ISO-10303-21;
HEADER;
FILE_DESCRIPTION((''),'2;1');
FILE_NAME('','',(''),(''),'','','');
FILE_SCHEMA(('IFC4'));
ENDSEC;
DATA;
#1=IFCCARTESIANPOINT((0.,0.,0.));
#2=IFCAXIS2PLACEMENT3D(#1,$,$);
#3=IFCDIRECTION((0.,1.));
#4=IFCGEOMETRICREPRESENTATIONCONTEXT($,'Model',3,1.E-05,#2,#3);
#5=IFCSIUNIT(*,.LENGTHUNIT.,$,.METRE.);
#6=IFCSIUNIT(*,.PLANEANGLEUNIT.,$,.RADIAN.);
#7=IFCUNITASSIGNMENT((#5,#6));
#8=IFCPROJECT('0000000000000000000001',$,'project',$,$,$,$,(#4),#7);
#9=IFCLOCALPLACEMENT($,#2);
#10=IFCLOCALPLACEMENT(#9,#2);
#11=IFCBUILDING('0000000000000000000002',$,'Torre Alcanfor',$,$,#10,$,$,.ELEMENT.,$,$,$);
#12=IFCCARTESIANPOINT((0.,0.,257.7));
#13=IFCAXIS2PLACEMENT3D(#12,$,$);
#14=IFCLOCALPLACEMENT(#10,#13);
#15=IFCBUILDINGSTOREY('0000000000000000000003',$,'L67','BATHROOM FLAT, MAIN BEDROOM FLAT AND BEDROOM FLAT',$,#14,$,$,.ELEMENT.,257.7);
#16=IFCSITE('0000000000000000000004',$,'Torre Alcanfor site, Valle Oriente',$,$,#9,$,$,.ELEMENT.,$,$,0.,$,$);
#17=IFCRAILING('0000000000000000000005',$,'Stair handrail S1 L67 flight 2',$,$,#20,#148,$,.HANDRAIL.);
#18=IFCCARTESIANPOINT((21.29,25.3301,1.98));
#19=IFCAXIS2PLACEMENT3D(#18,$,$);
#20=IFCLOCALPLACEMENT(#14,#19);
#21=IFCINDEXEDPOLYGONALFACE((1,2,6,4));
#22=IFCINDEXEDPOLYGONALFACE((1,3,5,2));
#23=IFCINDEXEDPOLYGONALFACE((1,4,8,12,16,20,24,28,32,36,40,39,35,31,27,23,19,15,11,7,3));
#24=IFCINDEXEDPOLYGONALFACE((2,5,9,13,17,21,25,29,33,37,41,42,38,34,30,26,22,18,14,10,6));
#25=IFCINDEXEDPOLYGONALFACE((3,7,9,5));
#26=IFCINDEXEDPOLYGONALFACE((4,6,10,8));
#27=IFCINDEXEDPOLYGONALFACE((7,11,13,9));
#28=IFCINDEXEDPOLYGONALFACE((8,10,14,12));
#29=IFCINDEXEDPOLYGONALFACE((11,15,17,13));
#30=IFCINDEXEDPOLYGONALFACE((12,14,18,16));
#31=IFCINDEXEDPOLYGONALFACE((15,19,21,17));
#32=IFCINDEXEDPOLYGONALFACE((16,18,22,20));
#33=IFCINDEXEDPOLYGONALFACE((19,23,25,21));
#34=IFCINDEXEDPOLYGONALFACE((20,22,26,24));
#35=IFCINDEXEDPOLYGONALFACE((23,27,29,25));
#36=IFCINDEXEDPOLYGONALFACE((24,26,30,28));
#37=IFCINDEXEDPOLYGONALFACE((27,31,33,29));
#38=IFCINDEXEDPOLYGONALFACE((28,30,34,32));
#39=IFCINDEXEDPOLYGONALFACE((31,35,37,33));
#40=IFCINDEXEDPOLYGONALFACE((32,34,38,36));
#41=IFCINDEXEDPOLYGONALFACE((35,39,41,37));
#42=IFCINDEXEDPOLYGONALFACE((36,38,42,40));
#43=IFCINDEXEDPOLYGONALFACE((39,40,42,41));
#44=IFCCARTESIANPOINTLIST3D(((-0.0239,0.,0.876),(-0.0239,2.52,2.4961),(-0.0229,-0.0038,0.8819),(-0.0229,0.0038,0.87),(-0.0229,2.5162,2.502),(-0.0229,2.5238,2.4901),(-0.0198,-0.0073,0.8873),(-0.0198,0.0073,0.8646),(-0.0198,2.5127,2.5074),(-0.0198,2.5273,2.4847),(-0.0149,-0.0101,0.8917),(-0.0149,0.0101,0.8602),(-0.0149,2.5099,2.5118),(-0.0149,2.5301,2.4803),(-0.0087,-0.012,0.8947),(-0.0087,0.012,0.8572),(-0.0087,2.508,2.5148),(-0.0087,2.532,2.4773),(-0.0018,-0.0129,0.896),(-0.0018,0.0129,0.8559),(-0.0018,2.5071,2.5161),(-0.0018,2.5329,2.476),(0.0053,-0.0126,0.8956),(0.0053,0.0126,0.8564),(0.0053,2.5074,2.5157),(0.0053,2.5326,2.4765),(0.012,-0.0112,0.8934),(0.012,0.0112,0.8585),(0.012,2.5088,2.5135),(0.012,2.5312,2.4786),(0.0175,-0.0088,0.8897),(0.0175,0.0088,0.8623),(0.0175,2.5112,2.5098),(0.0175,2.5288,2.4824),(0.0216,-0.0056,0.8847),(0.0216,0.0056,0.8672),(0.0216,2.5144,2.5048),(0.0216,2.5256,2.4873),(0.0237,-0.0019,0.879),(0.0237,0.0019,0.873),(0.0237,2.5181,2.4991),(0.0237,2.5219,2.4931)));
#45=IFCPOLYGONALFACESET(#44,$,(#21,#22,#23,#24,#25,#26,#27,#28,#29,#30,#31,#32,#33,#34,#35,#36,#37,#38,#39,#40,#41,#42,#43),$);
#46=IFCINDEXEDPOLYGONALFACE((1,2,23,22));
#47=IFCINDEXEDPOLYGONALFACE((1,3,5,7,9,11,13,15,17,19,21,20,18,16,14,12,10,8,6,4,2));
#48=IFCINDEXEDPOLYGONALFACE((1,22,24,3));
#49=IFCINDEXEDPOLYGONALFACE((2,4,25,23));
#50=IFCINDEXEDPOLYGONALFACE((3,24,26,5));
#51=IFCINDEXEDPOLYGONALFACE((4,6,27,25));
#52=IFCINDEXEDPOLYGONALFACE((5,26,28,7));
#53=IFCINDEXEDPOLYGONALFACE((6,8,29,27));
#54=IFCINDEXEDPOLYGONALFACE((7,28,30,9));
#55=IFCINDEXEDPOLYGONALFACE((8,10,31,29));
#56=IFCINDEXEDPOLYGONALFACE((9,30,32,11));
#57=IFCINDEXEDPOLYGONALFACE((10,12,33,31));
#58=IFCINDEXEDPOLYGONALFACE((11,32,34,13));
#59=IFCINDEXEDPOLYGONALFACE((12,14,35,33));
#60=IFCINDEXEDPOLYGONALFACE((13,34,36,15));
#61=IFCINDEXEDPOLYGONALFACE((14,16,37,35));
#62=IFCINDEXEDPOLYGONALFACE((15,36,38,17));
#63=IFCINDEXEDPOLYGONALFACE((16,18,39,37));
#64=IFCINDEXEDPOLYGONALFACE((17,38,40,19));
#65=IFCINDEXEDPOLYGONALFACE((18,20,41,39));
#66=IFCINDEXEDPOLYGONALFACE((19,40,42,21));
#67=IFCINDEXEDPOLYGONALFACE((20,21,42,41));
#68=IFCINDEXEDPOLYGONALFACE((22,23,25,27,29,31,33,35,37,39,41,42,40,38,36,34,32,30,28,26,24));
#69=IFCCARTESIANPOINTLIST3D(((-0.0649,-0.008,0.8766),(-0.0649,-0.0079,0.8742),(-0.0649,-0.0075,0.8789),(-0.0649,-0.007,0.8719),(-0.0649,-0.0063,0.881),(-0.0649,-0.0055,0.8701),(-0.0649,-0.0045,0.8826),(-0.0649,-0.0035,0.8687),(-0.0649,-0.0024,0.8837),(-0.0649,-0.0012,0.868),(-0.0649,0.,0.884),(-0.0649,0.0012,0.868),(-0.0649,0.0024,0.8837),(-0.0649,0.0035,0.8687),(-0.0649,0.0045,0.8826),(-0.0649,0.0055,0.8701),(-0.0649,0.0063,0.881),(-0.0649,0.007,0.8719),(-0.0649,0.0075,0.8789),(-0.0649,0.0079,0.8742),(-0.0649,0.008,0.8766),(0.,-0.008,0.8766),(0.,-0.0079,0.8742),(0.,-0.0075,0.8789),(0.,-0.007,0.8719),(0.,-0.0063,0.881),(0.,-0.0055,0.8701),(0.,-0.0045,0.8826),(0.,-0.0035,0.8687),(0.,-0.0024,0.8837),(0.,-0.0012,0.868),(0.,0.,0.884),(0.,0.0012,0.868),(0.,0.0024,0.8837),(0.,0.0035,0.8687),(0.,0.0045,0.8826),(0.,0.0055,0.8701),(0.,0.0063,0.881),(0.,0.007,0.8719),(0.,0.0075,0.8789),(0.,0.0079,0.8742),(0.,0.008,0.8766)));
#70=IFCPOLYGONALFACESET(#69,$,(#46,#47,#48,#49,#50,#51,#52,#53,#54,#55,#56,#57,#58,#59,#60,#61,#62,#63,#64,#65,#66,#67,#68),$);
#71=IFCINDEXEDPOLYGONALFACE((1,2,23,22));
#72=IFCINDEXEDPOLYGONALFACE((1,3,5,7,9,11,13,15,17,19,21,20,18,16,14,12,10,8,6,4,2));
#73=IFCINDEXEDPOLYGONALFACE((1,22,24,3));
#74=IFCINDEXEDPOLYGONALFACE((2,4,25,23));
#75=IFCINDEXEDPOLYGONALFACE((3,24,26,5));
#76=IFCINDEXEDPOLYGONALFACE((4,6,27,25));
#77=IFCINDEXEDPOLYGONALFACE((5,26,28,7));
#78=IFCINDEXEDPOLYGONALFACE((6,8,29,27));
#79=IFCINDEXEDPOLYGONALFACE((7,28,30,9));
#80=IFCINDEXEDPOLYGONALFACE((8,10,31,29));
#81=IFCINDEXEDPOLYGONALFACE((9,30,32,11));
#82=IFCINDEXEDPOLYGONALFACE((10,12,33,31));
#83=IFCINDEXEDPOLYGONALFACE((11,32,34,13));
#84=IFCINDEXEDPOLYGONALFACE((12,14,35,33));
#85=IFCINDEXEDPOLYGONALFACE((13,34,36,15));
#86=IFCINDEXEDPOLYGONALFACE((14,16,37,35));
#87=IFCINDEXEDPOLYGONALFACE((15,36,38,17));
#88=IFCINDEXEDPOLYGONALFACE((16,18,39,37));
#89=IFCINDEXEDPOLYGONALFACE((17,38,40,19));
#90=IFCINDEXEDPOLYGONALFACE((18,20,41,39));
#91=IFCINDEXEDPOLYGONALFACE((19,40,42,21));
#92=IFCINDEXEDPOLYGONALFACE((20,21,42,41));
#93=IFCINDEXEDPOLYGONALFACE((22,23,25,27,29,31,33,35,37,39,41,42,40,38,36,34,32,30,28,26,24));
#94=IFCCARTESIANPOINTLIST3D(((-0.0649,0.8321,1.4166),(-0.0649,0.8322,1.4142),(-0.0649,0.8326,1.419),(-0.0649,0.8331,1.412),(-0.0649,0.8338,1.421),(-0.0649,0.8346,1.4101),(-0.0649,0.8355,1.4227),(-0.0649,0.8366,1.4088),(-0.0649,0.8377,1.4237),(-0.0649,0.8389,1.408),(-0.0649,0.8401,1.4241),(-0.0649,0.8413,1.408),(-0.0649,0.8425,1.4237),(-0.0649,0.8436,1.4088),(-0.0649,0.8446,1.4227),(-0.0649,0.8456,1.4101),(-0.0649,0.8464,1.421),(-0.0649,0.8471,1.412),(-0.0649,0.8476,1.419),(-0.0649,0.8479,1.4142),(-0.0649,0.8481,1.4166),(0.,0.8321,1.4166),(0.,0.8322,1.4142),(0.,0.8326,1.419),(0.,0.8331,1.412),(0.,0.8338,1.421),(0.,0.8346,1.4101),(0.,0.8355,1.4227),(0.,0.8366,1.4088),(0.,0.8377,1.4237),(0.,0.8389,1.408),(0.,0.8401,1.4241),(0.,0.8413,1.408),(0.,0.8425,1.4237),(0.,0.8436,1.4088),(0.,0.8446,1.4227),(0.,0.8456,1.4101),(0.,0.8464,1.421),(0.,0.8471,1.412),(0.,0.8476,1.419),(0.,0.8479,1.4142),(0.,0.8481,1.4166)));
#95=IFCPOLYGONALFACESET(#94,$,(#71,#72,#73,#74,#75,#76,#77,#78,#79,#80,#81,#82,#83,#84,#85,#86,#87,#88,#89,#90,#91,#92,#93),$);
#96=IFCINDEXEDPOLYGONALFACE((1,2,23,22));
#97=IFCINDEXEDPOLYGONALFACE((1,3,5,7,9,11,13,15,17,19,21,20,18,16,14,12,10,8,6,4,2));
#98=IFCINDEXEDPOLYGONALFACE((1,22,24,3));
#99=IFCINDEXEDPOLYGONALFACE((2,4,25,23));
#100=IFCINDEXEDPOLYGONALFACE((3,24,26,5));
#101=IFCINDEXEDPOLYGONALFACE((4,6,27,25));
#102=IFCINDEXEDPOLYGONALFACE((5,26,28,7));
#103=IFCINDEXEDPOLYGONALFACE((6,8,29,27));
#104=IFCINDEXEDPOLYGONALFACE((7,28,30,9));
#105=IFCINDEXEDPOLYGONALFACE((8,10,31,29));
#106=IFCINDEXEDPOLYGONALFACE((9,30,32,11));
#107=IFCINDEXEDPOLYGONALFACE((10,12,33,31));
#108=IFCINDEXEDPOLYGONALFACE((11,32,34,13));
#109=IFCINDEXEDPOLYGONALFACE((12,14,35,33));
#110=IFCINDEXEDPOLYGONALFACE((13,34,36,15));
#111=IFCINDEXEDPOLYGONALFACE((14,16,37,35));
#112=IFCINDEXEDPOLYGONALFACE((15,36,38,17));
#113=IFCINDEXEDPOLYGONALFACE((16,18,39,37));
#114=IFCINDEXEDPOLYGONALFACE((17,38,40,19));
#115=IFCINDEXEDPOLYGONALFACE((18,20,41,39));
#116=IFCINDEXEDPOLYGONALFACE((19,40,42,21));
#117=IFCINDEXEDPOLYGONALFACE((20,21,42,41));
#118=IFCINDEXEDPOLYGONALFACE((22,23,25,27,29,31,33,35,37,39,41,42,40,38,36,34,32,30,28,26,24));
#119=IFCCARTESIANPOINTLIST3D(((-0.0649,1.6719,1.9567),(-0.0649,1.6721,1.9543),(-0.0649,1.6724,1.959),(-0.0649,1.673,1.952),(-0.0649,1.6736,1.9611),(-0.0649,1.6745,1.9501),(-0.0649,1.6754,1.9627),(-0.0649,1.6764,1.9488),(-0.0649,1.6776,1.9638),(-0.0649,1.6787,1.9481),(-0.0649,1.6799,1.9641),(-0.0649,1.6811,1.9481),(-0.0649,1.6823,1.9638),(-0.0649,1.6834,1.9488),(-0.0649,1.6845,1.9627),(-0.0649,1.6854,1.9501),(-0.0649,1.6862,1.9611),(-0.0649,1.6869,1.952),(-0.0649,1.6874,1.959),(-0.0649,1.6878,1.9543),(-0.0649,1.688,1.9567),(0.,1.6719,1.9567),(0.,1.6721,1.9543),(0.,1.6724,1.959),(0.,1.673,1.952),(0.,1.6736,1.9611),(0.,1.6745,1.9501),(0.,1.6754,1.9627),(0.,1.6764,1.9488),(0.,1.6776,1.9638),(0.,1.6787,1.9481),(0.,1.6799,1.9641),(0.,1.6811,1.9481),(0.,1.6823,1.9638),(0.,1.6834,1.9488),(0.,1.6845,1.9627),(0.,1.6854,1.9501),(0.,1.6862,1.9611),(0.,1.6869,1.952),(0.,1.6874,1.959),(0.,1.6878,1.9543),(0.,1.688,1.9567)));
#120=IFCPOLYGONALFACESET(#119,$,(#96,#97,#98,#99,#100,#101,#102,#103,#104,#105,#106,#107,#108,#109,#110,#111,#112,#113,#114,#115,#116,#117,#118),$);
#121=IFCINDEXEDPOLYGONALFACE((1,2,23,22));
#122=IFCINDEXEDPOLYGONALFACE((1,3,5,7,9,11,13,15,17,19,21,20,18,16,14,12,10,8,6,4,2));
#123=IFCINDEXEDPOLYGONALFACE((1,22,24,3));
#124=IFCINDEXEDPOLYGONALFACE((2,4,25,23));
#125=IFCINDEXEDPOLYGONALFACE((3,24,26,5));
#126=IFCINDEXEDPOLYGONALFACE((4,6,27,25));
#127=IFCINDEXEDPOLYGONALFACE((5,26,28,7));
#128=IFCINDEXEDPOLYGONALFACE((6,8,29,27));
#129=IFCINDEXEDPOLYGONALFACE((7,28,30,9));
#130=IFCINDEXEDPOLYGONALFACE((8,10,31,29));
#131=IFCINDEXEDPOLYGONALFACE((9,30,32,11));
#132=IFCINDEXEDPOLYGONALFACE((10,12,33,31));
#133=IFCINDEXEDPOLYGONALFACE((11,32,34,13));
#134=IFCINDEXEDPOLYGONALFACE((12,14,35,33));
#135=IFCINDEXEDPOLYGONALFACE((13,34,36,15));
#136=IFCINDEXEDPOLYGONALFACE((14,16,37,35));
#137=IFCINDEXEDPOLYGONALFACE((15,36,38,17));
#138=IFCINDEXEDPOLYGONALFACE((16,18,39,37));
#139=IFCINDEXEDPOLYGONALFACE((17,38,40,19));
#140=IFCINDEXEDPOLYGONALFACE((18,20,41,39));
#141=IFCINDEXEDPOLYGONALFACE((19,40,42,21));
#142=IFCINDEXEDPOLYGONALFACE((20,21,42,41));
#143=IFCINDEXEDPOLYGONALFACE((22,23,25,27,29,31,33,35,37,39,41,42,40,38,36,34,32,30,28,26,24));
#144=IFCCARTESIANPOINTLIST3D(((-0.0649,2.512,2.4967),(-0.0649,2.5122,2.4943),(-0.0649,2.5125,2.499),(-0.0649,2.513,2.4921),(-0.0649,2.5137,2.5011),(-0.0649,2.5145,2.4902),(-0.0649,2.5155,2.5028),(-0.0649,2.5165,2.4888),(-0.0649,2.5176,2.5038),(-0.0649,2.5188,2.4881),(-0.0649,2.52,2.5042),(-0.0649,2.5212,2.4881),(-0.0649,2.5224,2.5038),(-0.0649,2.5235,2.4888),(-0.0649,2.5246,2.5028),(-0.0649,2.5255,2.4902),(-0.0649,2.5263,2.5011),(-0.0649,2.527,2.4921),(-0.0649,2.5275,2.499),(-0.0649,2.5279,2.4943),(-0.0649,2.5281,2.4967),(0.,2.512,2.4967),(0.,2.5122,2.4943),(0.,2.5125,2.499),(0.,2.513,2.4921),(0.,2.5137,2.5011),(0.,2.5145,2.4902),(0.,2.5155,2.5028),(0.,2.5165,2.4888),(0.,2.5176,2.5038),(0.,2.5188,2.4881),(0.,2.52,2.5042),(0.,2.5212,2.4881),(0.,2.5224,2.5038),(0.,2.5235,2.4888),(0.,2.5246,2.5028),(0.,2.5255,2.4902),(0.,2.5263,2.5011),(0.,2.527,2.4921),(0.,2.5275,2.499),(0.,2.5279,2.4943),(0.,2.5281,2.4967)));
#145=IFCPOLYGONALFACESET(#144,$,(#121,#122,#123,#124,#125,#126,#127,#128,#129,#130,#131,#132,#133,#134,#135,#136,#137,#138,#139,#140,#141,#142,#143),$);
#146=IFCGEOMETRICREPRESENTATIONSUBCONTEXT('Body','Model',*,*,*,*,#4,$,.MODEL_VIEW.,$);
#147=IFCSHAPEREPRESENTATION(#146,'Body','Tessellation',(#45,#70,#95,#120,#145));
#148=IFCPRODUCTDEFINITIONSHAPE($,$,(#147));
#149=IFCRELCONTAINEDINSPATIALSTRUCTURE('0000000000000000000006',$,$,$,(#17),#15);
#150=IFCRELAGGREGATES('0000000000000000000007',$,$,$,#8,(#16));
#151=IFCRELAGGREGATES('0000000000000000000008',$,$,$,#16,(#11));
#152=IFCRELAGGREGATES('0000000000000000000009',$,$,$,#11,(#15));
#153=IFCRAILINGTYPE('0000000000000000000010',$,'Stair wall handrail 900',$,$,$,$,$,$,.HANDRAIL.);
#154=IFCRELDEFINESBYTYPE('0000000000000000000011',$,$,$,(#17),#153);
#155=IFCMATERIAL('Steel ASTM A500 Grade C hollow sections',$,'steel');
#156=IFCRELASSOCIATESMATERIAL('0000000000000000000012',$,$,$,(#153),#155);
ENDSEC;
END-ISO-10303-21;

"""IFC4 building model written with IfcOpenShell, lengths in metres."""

from ifc_helpers import new_model, si_unit, direction, frame, origin, origin_2d, place, context, subcontext, project, spatial, circle, extrude, material, type_object, element, save


model = new_model("IFC4")

# Units and contexts
model_context = context("Model", 3, precision=1e-05, world=origin(), true_north=direction((0.0, 1.0)))
body_context = subcontext(model_context, "Body", "Model", "MODEL_VIEW")
ifc_project = project(units=[si_unit("LENGTHUNIT", "METRE"), si_unit("PLANEANGLEUNIT", "RADIAN")], contexts=[model_context])

# Site, building, storey
site_placement = place(None, origin())
site = spatial("IfcSite", under=ifc_project, at=site_placement, Name="Torre Alcanfor site, Valle Oriente", CompositionType="ELEMENT", RefElevation=0.0)
building_placement = place(site_placement, origin())
building = spatial("IfcBuilding", under=site, at=building_placement, Name="Torre Alcanfor", CompositionType="ELEMENT")
storey_placement = place(building_placement, frame((0.0, 0.0, 257.7)))
storey = spatial("IfcBuildingStorey", under=building, at=storey_placement, Name="L67", Description="BATHROOM FLAT, MAIN BEDROOM FLAT AND BEDROOM FLAT", CompositionType="ELEMENT", Elevation=257.7)

# Railing
ifc_material_1 = material(Name="Steel ASTM A500 Grade C hollow sections", Category="steel")
railing_type_1 = type_object("IfcRailingType", Name="Stair wall handrail 900", PredefinedType="HANDRAIL", material=ifc_material_1)
railing_1_placement = place(storey_placement, frame((21.29, 25.3301, 1.98)))
element("IfcRailing", 1, at=railing_1_placement, inside=storey, type_object=railing_type_1, Name="Stair handrail S1 L67 flight 2", PredefinedType="HANDRAIL", context=body_context, shape_type="SweptSolid", body=[
    extrude(circle(Radius=0.0239, at=origin_2d()), frame((0.0, 0.0, 0.876), z_axis=(0.0, 0.841163, 0.540782), x_axis=(-1.0, 0.0, 0.0)), (0.0, 0.0, 1.0), 2.9958),
    extrude(circle(Radius=0.0081, at=origin_2d()), frame((0.0, 0.0, 0.876), z_axis=(-1.0, 0.0, 0.0), x_axis=(0.0, 0.0, 1.0)), (0.0, 0.0, 1.0), 0.0649),
    extrude(circle(Radius=0.0081, at=origin_2d()), frame((0.0, 0.8401, 1.416), z_axis=(-1.0, 0.0, 0.0), x_axis=(0.0, 0.0, 1.0)), (0.0, 0.0, 1.0), 0.0649),
    extrude(circle(Radius=0.0081, at=origin_2d()), frame((0.0, 1.6799, 1.9561), z_axis=(-1.0, 0.0, 0.0), x_axis=(0.0, 0.0, 1.0)), (0.0, 0.0, 1.0), 0.0649),
    extrude(circle(Radius=0.0081, at=origin_2d()), frame((0.0, 2.52, 2.4961), z_axis=(-1.0, 0.0, 0.0), x_axis=(0.0, 0.0, 1.0)), (0.0, 0.0, 1.0), 0.0649),
])

save(model, "model.ifc")
